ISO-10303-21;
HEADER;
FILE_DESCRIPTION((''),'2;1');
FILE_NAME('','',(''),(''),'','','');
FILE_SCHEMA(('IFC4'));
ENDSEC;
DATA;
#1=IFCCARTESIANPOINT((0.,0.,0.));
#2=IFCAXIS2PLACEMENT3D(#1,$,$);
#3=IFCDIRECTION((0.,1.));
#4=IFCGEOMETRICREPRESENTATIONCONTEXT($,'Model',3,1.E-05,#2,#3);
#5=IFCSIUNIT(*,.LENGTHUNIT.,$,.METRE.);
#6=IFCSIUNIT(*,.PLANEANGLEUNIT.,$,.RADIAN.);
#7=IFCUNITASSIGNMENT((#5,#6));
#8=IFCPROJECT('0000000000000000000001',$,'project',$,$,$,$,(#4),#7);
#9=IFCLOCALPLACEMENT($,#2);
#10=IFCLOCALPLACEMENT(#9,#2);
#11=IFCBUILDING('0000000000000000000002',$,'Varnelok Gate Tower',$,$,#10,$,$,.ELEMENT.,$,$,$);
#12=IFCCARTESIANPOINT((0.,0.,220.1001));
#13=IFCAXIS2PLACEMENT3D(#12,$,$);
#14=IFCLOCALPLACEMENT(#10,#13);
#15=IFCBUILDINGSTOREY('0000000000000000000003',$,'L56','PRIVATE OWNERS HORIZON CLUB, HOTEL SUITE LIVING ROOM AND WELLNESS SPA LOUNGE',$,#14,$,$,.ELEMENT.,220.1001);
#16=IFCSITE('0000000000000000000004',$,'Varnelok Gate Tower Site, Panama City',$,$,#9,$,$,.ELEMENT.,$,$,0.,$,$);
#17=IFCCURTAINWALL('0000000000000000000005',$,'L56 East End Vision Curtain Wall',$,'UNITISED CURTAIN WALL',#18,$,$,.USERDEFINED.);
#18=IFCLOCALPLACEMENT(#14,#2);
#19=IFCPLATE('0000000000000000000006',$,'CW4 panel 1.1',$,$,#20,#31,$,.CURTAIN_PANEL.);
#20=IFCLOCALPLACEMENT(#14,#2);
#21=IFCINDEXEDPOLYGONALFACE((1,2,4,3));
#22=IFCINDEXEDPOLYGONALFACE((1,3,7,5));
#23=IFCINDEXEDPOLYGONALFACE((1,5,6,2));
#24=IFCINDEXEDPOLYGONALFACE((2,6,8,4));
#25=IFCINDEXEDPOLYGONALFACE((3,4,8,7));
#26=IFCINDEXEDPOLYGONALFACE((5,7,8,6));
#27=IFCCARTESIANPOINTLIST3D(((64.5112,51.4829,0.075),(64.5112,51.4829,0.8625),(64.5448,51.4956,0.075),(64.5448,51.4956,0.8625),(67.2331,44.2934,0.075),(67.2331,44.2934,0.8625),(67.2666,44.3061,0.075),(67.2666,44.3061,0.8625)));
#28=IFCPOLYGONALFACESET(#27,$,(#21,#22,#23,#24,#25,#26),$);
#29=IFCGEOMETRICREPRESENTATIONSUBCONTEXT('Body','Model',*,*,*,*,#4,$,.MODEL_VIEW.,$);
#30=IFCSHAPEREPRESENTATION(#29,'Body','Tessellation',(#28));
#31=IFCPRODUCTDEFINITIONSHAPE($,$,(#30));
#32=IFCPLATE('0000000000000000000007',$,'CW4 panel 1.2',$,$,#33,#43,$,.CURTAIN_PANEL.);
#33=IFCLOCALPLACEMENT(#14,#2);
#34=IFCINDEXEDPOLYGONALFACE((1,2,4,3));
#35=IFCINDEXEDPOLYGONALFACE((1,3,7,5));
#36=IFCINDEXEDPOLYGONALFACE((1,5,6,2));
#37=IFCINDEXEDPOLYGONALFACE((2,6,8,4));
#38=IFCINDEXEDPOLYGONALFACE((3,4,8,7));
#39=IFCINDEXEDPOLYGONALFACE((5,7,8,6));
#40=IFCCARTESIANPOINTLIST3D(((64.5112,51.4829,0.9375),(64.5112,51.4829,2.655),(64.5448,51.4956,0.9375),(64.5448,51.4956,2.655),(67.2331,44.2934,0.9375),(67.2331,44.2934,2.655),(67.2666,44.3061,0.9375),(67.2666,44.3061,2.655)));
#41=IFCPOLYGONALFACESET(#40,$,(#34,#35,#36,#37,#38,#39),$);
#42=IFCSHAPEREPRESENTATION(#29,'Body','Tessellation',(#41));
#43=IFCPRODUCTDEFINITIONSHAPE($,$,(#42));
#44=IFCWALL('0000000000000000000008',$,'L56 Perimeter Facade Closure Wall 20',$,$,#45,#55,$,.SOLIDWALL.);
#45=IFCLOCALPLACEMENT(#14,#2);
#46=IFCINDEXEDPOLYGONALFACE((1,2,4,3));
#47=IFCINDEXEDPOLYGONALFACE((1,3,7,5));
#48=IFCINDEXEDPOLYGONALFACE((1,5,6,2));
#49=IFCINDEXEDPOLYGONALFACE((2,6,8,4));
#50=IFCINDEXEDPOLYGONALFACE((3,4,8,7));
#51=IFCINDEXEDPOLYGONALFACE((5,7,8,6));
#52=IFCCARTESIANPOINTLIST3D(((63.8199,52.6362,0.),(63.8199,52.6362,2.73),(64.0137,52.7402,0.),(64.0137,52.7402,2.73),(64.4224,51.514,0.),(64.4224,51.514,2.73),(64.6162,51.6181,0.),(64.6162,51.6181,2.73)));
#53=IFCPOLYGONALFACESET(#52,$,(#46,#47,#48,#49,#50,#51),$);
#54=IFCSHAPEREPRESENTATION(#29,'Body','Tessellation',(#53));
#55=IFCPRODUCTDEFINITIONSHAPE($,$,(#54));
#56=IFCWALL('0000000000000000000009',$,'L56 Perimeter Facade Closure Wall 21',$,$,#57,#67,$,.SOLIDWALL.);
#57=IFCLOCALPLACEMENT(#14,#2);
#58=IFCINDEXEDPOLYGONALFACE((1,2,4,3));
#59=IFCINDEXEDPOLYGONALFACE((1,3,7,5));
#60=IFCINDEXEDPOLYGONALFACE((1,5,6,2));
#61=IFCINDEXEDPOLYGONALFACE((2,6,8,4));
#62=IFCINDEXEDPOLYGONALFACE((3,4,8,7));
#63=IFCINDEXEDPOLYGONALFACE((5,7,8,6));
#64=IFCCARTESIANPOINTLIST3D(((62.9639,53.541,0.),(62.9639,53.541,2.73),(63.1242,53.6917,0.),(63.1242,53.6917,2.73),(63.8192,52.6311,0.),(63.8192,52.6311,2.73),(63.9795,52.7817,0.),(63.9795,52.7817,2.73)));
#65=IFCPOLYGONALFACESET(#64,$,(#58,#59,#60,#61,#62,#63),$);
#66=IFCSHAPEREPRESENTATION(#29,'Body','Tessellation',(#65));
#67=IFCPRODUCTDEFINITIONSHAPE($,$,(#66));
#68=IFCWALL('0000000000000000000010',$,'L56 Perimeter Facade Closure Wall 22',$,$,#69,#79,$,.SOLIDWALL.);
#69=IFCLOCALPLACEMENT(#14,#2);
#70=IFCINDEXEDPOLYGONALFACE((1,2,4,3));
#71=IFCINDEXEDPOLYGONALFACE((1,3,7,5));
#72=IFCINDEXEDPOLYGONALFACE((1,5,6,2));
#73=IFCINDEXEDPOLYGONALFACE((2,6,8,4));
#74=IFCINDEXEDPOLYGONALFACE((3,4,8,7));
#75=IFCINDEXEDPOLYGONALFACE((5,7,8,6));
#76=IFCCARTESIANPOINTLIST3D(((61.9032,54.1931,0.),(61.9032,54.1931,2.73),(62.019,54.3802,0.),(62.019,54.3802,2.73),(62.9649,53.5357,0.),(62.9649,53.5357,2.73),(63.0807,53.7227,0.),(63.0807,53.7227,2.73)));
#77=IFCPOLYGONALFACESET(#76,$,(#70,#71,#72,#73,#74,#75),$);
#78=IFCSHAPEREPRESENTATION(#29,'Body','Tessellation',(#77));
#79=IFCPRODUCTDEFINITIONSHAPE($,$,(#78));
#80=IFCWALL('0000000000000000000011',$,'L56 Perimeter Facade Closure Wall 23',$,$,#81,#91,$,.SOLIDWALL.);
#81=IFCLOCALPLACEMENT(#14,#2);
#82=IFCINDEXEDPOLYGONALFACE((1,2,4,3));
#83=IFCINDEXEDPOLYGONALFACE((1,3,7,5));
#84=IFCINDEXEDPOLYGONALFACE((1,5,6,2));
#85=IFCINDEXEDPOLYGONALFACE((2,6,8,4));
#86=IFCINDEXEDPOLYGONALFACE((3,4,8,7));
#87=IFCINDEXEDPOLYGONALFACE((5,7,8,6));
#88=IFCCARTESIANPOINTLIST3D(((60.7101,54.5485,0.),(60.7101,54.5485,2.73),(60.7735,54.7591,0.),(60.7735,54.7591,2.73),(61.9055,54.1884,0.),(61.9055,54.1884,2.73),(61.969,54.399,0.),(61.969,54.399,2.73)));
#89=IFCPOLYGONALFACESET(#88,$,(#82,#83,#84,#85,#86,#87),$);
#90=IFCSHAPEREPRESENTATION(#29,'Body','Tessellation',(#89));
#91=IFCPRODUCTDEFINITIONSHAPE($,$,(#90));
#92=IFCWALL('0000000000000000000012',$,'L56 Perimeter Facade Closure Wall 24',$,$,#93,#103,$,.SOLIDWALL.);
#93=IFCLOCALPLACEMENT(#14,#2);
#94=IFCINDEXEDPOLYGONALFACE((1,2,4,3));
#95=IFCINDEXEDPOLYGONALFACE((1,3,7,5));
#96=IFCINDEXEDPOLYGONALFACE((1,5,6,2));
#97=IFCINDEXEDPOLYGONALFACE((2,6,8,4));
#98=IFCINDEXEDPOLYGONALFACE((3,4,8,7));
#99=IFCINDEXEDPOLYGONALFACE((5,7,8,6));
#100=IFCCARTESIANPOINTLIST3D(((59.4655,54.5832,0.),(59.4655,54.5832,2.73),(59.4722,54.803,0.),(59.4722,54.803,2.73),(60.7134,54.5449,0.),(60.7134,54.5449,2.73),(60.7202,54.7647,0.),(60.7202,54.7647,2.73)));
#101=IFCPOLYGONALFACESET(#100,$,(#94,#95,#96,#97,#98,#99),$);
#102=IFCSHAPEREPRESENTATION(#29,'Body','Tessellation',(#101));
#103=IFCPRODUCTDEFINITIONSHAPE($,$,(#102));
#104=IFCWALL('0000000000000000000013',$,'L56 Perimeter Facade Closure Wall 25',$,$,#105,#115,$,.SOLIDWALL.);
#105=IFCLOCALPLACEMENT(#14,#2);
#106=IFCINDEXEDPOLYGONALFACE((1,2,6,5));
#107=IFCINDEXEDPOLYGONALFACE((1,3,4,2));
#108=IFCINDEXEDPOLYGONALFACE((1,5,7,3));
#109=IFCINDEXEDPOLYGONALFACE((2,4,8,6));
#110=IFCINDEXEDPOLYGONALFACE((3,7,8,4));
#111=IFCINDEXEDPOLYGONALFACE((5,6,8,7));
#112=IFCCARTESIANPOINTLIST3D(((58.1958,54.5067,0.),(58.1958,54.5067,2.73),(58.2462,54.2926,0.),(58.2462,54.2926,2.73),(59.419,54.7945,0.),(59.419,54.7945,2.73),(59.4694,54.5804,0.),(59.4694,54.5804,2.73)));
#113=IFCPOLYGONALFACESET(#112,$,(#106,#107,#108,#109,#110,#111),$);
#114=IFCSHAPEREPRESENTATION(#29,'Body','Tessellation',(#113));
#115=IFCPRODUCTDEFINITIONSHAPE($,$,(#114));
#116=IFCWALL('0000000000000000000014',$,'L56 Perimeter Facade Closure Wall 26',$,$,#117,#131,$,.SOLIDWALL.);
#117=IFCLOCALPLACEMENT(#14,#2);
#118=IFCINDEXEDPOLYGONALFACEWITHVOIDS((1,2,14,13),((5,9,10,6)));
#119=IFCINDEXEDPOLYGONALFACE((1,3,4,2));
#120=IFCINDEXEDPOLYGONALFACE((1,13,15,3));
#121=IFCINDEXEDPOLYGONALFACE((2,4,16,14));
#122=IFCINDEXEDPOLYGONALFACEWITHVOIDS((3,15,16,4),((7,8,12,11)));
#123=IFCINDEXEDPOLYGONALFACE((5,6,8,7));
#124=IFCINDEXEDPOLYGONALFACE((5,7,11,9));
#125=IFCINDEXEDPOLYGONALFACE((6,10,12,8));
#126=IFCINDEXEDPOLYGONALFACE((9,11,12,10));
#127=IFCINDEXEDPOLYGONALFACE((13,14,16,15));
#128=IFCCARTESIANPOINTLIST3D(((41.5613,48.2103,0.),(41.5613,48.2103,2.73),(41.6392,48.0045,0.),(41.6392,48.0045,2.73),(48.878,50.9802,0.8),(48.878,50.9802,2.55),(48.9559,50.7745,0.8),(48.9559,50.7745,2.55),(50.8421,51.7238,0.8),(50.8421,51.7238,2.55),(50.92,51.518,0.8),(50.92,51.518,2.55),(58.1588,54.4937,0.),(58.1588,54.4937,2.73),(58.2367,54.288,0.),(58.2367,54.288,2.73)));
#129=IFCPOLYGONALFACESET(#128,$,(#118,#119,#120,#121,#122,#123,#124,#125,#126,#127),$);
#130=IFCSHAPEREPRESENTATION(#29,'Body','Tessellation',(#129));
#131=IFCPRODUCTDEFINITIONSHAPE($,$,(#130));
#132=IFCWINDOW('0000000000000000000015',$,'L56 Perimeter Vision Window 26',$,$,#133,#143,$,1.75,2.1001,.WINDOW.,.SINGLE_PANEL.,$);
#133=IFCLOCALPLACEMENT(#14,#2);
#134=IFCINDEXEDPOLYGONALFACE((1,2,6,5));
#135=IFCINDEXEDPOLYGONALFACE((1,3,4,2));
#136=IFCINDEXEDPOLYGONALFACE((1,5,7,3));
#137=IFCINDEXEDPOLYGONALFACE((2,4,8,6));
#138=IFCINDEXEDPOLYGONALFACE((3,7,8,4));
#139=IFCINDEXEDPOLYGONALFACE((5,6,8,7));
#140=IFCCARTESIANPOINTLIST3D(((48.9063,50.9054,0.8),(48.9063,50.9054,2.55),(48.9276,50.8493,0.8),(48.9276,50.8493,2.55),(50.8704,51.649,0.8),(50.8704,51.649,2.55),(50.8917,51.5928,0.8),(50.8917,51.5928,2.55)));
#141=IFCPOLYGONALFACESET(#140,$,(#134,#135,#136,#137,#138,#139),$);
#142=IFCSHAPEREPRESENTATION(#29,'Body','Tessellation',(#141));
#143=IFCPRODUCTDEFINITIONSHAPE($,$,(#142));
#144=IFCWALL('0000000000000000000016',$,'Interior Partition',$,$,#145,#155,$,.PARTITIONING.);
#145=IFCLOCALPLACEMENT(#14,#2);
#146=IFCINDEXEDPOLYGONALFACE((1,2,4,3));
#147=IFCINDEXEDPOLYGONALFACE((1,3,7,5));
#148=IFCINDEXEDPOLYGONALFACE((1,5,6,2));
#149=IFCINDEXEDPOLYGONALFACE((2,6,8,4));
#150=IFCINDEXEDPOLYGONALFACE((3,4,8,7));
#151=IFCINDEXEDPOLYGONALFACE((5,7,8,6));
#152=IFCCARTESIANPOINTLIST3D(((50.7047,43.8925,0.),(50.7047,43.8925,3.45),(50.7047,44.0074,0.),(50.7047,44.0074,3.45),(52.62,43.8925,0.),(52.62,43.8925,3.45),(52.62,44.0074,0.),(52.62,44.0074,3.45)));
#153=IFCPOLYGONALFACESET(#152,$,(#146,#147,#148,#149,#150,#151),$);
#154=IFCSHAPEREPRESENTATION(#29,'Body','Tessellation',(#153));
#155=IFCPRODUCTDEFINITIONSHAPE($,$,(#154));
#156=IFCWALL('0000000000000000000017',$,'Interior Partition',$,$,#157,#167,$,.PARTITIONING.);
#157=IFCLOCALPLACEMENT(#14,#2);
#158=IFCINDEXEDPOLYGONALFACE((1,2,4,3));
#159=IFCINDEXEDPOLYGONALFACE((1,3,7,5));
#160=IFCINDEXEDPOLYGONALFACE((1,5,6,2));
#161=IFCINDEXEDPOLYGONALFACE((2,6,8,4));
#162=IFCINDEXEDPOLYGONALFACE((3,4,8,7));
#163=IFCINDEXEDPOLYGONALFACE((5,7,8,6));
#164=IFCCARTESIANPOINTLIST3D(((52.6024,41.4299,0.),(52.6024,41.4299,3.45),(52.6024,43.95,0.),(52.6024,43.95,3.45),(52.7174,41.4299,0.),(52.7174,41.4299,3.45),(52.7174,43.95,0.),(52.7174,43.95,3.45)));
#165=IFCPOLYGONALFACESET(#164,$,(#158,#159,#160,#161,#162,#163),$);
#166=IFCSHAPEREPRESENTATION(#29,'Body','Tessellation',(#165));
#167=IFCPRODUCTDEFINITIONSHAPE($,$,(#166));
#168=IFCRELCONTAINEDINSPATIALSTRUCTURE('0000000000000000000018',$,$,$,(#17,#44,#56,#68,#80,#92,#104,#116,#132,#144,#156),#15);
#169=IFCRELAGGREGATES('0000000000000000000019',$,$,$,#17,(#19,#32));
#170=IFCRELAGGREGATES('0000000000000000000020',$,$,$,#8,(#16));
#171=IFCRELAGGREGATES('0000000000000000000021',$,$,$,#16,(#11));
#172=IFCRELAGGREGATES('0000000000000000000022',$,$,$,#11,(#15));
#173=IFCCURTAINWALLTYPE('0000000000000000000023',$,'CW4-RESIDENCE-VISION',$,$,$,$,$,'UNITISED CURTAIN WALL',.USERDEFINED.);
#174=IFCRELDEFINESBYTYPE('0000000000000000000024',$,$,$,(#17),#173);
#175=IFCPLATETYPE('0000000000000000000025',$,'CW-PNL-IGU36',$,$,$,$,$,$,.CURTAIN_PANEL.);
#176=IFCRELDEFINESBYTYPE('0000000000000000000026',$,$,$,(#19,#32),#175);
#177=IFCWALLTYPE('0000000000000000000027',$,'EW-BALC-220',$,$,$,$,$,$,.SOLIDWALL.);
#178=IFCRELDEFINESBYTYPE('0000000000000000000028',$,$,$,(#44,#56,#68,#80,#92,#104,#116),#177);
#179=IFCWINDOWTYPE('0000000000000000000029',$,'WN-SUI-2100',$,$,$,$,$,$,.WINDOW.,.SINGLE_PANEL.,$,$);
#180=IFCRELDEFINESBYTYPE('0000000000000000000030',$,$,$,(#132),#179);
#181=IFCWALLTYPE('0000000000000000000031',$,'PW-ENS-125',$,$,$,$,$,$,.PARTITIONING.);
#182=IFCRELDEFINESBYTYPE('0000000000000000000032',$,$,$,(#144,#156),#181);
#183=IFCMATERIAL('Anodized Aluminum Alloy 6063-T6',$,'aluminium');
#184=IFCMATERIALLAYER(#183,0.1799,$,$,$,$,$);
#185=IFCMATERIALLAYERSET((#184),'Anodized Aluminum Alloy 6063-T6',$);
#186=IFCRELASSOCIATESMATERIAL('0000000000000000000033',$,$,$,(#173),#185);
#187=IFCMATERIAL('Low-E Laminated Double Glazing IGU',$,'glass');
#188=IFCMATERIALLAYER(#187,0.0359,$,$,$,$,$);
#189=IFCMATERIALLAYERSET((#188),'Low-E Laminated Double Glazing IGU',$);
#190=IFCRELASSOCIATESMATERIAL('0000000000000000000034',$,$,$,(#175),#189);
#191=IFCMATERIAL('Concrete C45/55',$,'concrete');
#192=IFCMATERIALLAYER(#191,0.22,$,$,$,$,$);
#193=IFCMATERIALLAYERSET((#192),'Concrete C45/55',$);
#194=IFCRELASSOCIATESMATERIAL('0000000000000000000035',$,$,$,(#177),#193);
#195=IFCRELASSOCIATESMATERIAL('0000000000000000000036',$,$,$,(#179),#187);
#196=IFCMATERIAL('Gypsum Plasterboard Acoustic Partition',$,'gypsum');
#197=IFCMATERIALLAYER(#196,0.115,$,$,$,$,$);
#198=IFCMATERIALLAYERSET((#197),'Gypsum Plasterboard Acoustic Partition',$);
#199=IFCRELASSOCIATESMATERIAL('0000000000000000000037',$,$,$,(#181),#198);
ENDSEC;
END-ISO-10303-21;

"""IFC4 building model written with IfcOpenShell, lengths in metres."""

from ifc_helpers import new_model, si_unit, direction, frame, frame_2d, origin, origin_2d, place, context, subcontext, project, spatial, rectangle, extrude, source, transform, mapped, material, layer, layer_set, type_object, element, fill, aggregate, save


model = new_model("IFC4")

# Units and contexts
model_context = context("Model", 3, precision=1e-05, world=origin(), true_north=direction((0.0, 1.0)))
body_context = subcontext(model_context, "Body", "Model", "MODEL_VIEW")
ifc_project = project(units=[si_unit("LENGTHUNIT", "METRE"), si_unit("PLANEANGLEUNIT", "RADIAN")], contexts=[model_context])

# Site, building, storey
site_placement = place(None, origin())
site = spatial("IfcSite", under=ifc_project, at=site_placement, Name="Varnelok Gate Tower Site, Panama City", CompositionType="ELEMENT", RefElevation=0.0)
building_placement = place(site_placement, origin())
building = spatial("IfcBuilding", under=site, at=building_placement, Name="Varnelok Gate Tower", CompositionType="ELEMENT")
storey_placement = place(building_placement, frame((0.0, 0.0, 220.1001)))
storey = spatial("IfcBuildingStorey", under=building, at=storey_placement, Name="L56", Description="PRIVATE OWNERS HORIZON CLUB, HOTEL SUITE LIVING ROOM AND WELLNESS SPA LOUNGE", CompositionType="ELEMENT", Elevation=220.1001)

# Curtain wall, plates
ifc_material_1 = material(Name="Anodized Aluminum Alloy 6063-T6", Category="aluminium")
ifc_layer_1 = layer(ifc_material_1, 0.1799)
ifc_layer_set_1 = layer_set([ifc_layer_1], Name="Anodized Aluminum Alloy 6063-T6")
curtain_wall_type = type_object("IfcCurtainWallType", Name="CW4-RESIDENCE-VISION", ElementType="UNITISED CURTAIN WALL", PredefinedType="USERDEFINED", material=ifc_layer_set_1)
curtain_wall_placement = place(storey_placement, origin())
curtain_wall = element("IfcCurtainWall", 1, at=curtain_wall_placement, inside=storey, type_object=curtain_wall_type, Name="L56 East End Vision Curtain Wall", ObjectType="UNITISED CURTAIN WALL", PredefinedType="USERDEFINED")
ifc_material_2 = material(Name="Low-E Laminated Double Glazing IGU", Category="glass")
ifc_layer_2 = layer(ifc_material_2, 0.0359)
ifc_layer_set_2 = layer_set([ifc_layer_2], Name="Low-E Laminated Double Glazing IGU")
plate_type = type_object("IfcPlateType", Name="CW-PNL-IGU36", PredefinedType="CURTAIN_PANEL", material=ifc_layer_set_2)
shared_shape_1 = source(origin(), body_context, "Body", "SweptSolid", [
    extrude(rectangle(XDim=7.6875, YDim=0.0359, at=origin_2d()), origin(), (0.0, 0.0, 1.0), 0.7876),
])
plate_1_placement = place(storey_placement, frame((65.8889, 47.8945, 0.075), z_axis=(0.0, 0.0, 1.0), x_axis=(0.354063, -0.935222, 0.0)))
plate_1 = element("IfcPlate", 2, at=plate_1_placement, type_object=plate_type, Name="CW4 panel 1.1", PredefinedType="CURTAIN_PANEL", context=body_context, shape_type="MappedRepresentation", body=[
    mapped(shared_shape_1, transform((0.0, 0.0, 0.0), scale=1.0)),
])
shared_shape_2 = source(origin(), body_context, "Body", "SweptSolid", [
    extrude(rectangle(XDim=7.6875, YDim=0.0359, at=origin_2d()), origin(), (0.0, 0.0, 1.0), 1.7175),
])
plate_2_placement = place(storey_placement, frame((65.8889, 47.8945, 0.9375), z_axis=(0.0, 0.0, 1.0), x_axis=(0.354063, -0.935222, 0.0)))
plate_2 = element("IfcPlate", 3, at=plate_2_placement, type_object=plate_type, Name="CW4 panel 1.2", PredefinedType="CURTAIN_PANEL", context=body_context, shape_type="MappedRepresentation", body=[
    mapped(shared_shape_2, transform((0.0, 0.0, 0.0), scale=1.0)),
])
aggregate(curtain_wall, [plate_1, plate_2])

# Walls
ifc_material_3 = material(Name="Concrete C45/55", Category="concrete")
ifc_layer_3 = layer(ifc_material_3, 0.22)
ifc_layer_set_3 = layer_set([ifc_layer_3], Name="Concrete C45/55")
wall_type_1 = type_object("IfcWallType", Name="EW-BALC-220", PredefinedType="SOLIDWALL", material=ifc_layer_set_3)
wall_1_placement = place(storey_placement, frame((64.5193, 51.5662, 0.0), z_axis=(0.0, 0.0, 1.0), x_axis=(-0.473094, 0.881012, 0.0)))
element("IfcWall", 4, at=wall_1_placement, inside=storey, type_object=wall_type_1, Name="L56 Perimeter Facade Closure Wall 20", PredefinedType="SOLIDWALL", context=body_context, shape_type="SweptSolid", body=[
    extrude(rectangle(XDim=1.2737, YDim=0.22, at=frame_2d((0.6367, 0.0))), origin(), (0.0, 0.0, 1.0), 2.73),
])
for number, where, z_axis, x_axis, name in (
    (5, (63.8994, 52.7063, 0.0), (0.0, 0.0, 1.0), (-0.684871, 0.728665, 0.0), "L56 Perimeter Facade Closure Wall 21"),
    (6, (63.0229, 53.6292, 0.0), (0.0, 0.0, 1.0), (-0.850198, 0.526462, 0.0), "L56 Perimeter Facade Closure Wall 22"),
):
    element("IfcWall", number, at=place(storey_placement, frame(where, z_axis=z_axis, x_axis=x_axis)), inside=storey, type_object=wall_type_1, Name=name, PredefinedType="SOLIDWALL", context=body_context, shape_type="SweptSolid", body=[
        extrude(rectangle(XDim=1.2488, YDim=0.22, at=frame_2d((0.6245, 0.0))), origin(), (0.0, 0.0, 1.0), 2.73),
    ])
for number, where, z_axis, x_axis, name in (
    (7, (61.9373, 54.2937, 0.0), (0.0, 0.0, 1.0), (-0.957508, 0.288406, 0.0), "L56 Perimeter Facade Closure Wall 23"),
    (8, (60.7168, 54.6548, 0.0), (0.0, 0.0, 1.0), (-0.999529, 0.030698, 0.0), "L56 Perimeter Facade Closure Wall 24"),
):
    element("IfcWall", number, at=place(storey_placement, frame(where, z_axis=z_axis, x_axis=x_axis)), inside=storey, type_object=wall_type_1, Name=name, PredefinedType="SOLIDWALL", context=body_context, shape_type="SweptSolid", body=[
        extrude(rectangle(XDim=1.2485, YDim=0.22, at=frame_2d((0.6243, 0.0))), origin(), (0.0, 0.0, 1.0), 2.73),
    ])
wall_2_placement = place(storey_placement, frame((59.4443, 54.6875, 0.0), z_axis=(0.0, 0.0, 1.0), x_axis=(-0.97341, -0.229072, 0.0)))
element("IfcWall", 9, at=wall_2_placement, inside=storey, type_object=wall_type_1, Name="L56 Perimeter Facade Closure Wall 25", PredefinedType="SOLIDWALL", context=body_context, shape_type="SweptSolid", body=[
    extrude(rectangle(XDim=1.2566, YDim=0.22, at=frame_2d((0.6284, 0.0))), origin(), (0.0, 0.0, 1.0), 2.73),
])

# Wall, opening, window
wall_3_placement = place(storey_placement, frame((58.1978, 54.3909, 0.0), z_axis=(0.0, 0.0, 1.0), x_axis=(-0.935224, -0.354057, 0.0)))
wall_3 = element("IfcWall", 10, at=wall_3_placement, inside=storey, type_object=wall_type_1, Name="L56 Perimeter Facade Closure Wall 26", PredefinedType="SOLIDWALL", context=body_context, shape_type="SweptSolid", body=[
    extrude(rectangle(XDim=17.7471, YDim=0.22, at=frame_2d((8.8735, 0.0))), origin(), (0.0, 0.0, 1.0), 2.73),
])
opening_placement = place(wall_3_placement, frame((7.8235, 0.0, 0.8)))
opening = element("IfcOpeningElement", 11, at=opening_placement, cuts=wall_3, PredefinedType="OPENING", context=body_context, shape_type="SweptSolid", body=[
    extrude(rectangle(XDim=2.1001, YDim=1.75, at=frame_2d((1.05, 0.875))), frame((0.0, 0.1199, 0.0), z_axis=(0.0, -1.0, 0.0), x_axis=(1.0, 0.0, 0.0)), (0.0, 0.0, 1.0), 0.24),
])
window_type = type_object("IfcWindowType", Name="WN-SUI-2100", PartitioningType="SINGLE_PANEL", PredefinedType="WINDOW", material=ifc_material_2)
window_placement = place(opening_placement, origin())
window = element("IfcWindow", 12, at=window_placement, inside=storey, type_object=window_type, Name="L56 Perimeter Vision Window 26", OverallHeight=1.75, OverallWidth=2.1001, PartitioningType="SINGLE_PANEL", PredefinedType="WINDOW", context=body_context, shape_type="SweptSolid", body=[
    extrude(rectangle(XDim=2.1001, YDim=1.75, at=frame_2d((1.05, 0.875))), frame((0.0, 0.03, 0.0), z_axis=(0.0, -1.0, 0.0), x_axis=(1.0, 0.0, 0.0)), (0.0, 0.0, 1.0), 0.0601),
])
fill(opening, window)

# Walls
ifc_material_4 = material(Name="Gypsum Plasterboard Acoustic Partition", Category="gypsum")
ifc_layer_4 = layer(ifc_material_4, 0.115)
ifc_layer_set_4 = layer_set([ifc_layer_4], Name="Gypsum Plasterboard Acoustic Partition")
wall_type_2 = type_object("IfcWallType", Name="PW-ENS-125", PredefinedType="PARTITIONING", material=ifc_layer_set_4)
wall_4_placement = place(storey_placement, frame((50.7048, 43.95, 0.0), z_axis=(0.0, 0.0, 1.0), x_axis=(1.0, 0.0, 0.0)))
element("IfcWall", 13, at=wall_4_placement, inside=storey, type_object=wall_type_2, Name="Interior Partition", PredefinedType="PARTITIONING", context=body_context, shape_type="SweptSolid", body=[
    extrude(rectangle(XDim=1.9153, YDim=0.115, at=frame_2d((0.9575, 0.0))), origin(), (0.0, 0.0, 1.0), 3.45),
])
wall_5_placement = place(storey_placement, frame((52.6599, 41.4299, 0.0), z_axis=(0.0, 0.0, 1.0), x_axis=(0.0, 1.0, 0.0)))
element("IfcWall", 14, at=wall_5_placement, inside=storey, type_object=wall_type_2, Name="Interior Partition", PredefinedType="PARTITIONING", context=body_context, shape_type="SweptSolid", body=[
    extrude(rectangle(XDim=2.52, YDim=0.115, at=frame_2d((1.26, 0.0))), origin(), (0.0, 0.0, 1.0), 3.45),
])

save(model, "model.ifc")
